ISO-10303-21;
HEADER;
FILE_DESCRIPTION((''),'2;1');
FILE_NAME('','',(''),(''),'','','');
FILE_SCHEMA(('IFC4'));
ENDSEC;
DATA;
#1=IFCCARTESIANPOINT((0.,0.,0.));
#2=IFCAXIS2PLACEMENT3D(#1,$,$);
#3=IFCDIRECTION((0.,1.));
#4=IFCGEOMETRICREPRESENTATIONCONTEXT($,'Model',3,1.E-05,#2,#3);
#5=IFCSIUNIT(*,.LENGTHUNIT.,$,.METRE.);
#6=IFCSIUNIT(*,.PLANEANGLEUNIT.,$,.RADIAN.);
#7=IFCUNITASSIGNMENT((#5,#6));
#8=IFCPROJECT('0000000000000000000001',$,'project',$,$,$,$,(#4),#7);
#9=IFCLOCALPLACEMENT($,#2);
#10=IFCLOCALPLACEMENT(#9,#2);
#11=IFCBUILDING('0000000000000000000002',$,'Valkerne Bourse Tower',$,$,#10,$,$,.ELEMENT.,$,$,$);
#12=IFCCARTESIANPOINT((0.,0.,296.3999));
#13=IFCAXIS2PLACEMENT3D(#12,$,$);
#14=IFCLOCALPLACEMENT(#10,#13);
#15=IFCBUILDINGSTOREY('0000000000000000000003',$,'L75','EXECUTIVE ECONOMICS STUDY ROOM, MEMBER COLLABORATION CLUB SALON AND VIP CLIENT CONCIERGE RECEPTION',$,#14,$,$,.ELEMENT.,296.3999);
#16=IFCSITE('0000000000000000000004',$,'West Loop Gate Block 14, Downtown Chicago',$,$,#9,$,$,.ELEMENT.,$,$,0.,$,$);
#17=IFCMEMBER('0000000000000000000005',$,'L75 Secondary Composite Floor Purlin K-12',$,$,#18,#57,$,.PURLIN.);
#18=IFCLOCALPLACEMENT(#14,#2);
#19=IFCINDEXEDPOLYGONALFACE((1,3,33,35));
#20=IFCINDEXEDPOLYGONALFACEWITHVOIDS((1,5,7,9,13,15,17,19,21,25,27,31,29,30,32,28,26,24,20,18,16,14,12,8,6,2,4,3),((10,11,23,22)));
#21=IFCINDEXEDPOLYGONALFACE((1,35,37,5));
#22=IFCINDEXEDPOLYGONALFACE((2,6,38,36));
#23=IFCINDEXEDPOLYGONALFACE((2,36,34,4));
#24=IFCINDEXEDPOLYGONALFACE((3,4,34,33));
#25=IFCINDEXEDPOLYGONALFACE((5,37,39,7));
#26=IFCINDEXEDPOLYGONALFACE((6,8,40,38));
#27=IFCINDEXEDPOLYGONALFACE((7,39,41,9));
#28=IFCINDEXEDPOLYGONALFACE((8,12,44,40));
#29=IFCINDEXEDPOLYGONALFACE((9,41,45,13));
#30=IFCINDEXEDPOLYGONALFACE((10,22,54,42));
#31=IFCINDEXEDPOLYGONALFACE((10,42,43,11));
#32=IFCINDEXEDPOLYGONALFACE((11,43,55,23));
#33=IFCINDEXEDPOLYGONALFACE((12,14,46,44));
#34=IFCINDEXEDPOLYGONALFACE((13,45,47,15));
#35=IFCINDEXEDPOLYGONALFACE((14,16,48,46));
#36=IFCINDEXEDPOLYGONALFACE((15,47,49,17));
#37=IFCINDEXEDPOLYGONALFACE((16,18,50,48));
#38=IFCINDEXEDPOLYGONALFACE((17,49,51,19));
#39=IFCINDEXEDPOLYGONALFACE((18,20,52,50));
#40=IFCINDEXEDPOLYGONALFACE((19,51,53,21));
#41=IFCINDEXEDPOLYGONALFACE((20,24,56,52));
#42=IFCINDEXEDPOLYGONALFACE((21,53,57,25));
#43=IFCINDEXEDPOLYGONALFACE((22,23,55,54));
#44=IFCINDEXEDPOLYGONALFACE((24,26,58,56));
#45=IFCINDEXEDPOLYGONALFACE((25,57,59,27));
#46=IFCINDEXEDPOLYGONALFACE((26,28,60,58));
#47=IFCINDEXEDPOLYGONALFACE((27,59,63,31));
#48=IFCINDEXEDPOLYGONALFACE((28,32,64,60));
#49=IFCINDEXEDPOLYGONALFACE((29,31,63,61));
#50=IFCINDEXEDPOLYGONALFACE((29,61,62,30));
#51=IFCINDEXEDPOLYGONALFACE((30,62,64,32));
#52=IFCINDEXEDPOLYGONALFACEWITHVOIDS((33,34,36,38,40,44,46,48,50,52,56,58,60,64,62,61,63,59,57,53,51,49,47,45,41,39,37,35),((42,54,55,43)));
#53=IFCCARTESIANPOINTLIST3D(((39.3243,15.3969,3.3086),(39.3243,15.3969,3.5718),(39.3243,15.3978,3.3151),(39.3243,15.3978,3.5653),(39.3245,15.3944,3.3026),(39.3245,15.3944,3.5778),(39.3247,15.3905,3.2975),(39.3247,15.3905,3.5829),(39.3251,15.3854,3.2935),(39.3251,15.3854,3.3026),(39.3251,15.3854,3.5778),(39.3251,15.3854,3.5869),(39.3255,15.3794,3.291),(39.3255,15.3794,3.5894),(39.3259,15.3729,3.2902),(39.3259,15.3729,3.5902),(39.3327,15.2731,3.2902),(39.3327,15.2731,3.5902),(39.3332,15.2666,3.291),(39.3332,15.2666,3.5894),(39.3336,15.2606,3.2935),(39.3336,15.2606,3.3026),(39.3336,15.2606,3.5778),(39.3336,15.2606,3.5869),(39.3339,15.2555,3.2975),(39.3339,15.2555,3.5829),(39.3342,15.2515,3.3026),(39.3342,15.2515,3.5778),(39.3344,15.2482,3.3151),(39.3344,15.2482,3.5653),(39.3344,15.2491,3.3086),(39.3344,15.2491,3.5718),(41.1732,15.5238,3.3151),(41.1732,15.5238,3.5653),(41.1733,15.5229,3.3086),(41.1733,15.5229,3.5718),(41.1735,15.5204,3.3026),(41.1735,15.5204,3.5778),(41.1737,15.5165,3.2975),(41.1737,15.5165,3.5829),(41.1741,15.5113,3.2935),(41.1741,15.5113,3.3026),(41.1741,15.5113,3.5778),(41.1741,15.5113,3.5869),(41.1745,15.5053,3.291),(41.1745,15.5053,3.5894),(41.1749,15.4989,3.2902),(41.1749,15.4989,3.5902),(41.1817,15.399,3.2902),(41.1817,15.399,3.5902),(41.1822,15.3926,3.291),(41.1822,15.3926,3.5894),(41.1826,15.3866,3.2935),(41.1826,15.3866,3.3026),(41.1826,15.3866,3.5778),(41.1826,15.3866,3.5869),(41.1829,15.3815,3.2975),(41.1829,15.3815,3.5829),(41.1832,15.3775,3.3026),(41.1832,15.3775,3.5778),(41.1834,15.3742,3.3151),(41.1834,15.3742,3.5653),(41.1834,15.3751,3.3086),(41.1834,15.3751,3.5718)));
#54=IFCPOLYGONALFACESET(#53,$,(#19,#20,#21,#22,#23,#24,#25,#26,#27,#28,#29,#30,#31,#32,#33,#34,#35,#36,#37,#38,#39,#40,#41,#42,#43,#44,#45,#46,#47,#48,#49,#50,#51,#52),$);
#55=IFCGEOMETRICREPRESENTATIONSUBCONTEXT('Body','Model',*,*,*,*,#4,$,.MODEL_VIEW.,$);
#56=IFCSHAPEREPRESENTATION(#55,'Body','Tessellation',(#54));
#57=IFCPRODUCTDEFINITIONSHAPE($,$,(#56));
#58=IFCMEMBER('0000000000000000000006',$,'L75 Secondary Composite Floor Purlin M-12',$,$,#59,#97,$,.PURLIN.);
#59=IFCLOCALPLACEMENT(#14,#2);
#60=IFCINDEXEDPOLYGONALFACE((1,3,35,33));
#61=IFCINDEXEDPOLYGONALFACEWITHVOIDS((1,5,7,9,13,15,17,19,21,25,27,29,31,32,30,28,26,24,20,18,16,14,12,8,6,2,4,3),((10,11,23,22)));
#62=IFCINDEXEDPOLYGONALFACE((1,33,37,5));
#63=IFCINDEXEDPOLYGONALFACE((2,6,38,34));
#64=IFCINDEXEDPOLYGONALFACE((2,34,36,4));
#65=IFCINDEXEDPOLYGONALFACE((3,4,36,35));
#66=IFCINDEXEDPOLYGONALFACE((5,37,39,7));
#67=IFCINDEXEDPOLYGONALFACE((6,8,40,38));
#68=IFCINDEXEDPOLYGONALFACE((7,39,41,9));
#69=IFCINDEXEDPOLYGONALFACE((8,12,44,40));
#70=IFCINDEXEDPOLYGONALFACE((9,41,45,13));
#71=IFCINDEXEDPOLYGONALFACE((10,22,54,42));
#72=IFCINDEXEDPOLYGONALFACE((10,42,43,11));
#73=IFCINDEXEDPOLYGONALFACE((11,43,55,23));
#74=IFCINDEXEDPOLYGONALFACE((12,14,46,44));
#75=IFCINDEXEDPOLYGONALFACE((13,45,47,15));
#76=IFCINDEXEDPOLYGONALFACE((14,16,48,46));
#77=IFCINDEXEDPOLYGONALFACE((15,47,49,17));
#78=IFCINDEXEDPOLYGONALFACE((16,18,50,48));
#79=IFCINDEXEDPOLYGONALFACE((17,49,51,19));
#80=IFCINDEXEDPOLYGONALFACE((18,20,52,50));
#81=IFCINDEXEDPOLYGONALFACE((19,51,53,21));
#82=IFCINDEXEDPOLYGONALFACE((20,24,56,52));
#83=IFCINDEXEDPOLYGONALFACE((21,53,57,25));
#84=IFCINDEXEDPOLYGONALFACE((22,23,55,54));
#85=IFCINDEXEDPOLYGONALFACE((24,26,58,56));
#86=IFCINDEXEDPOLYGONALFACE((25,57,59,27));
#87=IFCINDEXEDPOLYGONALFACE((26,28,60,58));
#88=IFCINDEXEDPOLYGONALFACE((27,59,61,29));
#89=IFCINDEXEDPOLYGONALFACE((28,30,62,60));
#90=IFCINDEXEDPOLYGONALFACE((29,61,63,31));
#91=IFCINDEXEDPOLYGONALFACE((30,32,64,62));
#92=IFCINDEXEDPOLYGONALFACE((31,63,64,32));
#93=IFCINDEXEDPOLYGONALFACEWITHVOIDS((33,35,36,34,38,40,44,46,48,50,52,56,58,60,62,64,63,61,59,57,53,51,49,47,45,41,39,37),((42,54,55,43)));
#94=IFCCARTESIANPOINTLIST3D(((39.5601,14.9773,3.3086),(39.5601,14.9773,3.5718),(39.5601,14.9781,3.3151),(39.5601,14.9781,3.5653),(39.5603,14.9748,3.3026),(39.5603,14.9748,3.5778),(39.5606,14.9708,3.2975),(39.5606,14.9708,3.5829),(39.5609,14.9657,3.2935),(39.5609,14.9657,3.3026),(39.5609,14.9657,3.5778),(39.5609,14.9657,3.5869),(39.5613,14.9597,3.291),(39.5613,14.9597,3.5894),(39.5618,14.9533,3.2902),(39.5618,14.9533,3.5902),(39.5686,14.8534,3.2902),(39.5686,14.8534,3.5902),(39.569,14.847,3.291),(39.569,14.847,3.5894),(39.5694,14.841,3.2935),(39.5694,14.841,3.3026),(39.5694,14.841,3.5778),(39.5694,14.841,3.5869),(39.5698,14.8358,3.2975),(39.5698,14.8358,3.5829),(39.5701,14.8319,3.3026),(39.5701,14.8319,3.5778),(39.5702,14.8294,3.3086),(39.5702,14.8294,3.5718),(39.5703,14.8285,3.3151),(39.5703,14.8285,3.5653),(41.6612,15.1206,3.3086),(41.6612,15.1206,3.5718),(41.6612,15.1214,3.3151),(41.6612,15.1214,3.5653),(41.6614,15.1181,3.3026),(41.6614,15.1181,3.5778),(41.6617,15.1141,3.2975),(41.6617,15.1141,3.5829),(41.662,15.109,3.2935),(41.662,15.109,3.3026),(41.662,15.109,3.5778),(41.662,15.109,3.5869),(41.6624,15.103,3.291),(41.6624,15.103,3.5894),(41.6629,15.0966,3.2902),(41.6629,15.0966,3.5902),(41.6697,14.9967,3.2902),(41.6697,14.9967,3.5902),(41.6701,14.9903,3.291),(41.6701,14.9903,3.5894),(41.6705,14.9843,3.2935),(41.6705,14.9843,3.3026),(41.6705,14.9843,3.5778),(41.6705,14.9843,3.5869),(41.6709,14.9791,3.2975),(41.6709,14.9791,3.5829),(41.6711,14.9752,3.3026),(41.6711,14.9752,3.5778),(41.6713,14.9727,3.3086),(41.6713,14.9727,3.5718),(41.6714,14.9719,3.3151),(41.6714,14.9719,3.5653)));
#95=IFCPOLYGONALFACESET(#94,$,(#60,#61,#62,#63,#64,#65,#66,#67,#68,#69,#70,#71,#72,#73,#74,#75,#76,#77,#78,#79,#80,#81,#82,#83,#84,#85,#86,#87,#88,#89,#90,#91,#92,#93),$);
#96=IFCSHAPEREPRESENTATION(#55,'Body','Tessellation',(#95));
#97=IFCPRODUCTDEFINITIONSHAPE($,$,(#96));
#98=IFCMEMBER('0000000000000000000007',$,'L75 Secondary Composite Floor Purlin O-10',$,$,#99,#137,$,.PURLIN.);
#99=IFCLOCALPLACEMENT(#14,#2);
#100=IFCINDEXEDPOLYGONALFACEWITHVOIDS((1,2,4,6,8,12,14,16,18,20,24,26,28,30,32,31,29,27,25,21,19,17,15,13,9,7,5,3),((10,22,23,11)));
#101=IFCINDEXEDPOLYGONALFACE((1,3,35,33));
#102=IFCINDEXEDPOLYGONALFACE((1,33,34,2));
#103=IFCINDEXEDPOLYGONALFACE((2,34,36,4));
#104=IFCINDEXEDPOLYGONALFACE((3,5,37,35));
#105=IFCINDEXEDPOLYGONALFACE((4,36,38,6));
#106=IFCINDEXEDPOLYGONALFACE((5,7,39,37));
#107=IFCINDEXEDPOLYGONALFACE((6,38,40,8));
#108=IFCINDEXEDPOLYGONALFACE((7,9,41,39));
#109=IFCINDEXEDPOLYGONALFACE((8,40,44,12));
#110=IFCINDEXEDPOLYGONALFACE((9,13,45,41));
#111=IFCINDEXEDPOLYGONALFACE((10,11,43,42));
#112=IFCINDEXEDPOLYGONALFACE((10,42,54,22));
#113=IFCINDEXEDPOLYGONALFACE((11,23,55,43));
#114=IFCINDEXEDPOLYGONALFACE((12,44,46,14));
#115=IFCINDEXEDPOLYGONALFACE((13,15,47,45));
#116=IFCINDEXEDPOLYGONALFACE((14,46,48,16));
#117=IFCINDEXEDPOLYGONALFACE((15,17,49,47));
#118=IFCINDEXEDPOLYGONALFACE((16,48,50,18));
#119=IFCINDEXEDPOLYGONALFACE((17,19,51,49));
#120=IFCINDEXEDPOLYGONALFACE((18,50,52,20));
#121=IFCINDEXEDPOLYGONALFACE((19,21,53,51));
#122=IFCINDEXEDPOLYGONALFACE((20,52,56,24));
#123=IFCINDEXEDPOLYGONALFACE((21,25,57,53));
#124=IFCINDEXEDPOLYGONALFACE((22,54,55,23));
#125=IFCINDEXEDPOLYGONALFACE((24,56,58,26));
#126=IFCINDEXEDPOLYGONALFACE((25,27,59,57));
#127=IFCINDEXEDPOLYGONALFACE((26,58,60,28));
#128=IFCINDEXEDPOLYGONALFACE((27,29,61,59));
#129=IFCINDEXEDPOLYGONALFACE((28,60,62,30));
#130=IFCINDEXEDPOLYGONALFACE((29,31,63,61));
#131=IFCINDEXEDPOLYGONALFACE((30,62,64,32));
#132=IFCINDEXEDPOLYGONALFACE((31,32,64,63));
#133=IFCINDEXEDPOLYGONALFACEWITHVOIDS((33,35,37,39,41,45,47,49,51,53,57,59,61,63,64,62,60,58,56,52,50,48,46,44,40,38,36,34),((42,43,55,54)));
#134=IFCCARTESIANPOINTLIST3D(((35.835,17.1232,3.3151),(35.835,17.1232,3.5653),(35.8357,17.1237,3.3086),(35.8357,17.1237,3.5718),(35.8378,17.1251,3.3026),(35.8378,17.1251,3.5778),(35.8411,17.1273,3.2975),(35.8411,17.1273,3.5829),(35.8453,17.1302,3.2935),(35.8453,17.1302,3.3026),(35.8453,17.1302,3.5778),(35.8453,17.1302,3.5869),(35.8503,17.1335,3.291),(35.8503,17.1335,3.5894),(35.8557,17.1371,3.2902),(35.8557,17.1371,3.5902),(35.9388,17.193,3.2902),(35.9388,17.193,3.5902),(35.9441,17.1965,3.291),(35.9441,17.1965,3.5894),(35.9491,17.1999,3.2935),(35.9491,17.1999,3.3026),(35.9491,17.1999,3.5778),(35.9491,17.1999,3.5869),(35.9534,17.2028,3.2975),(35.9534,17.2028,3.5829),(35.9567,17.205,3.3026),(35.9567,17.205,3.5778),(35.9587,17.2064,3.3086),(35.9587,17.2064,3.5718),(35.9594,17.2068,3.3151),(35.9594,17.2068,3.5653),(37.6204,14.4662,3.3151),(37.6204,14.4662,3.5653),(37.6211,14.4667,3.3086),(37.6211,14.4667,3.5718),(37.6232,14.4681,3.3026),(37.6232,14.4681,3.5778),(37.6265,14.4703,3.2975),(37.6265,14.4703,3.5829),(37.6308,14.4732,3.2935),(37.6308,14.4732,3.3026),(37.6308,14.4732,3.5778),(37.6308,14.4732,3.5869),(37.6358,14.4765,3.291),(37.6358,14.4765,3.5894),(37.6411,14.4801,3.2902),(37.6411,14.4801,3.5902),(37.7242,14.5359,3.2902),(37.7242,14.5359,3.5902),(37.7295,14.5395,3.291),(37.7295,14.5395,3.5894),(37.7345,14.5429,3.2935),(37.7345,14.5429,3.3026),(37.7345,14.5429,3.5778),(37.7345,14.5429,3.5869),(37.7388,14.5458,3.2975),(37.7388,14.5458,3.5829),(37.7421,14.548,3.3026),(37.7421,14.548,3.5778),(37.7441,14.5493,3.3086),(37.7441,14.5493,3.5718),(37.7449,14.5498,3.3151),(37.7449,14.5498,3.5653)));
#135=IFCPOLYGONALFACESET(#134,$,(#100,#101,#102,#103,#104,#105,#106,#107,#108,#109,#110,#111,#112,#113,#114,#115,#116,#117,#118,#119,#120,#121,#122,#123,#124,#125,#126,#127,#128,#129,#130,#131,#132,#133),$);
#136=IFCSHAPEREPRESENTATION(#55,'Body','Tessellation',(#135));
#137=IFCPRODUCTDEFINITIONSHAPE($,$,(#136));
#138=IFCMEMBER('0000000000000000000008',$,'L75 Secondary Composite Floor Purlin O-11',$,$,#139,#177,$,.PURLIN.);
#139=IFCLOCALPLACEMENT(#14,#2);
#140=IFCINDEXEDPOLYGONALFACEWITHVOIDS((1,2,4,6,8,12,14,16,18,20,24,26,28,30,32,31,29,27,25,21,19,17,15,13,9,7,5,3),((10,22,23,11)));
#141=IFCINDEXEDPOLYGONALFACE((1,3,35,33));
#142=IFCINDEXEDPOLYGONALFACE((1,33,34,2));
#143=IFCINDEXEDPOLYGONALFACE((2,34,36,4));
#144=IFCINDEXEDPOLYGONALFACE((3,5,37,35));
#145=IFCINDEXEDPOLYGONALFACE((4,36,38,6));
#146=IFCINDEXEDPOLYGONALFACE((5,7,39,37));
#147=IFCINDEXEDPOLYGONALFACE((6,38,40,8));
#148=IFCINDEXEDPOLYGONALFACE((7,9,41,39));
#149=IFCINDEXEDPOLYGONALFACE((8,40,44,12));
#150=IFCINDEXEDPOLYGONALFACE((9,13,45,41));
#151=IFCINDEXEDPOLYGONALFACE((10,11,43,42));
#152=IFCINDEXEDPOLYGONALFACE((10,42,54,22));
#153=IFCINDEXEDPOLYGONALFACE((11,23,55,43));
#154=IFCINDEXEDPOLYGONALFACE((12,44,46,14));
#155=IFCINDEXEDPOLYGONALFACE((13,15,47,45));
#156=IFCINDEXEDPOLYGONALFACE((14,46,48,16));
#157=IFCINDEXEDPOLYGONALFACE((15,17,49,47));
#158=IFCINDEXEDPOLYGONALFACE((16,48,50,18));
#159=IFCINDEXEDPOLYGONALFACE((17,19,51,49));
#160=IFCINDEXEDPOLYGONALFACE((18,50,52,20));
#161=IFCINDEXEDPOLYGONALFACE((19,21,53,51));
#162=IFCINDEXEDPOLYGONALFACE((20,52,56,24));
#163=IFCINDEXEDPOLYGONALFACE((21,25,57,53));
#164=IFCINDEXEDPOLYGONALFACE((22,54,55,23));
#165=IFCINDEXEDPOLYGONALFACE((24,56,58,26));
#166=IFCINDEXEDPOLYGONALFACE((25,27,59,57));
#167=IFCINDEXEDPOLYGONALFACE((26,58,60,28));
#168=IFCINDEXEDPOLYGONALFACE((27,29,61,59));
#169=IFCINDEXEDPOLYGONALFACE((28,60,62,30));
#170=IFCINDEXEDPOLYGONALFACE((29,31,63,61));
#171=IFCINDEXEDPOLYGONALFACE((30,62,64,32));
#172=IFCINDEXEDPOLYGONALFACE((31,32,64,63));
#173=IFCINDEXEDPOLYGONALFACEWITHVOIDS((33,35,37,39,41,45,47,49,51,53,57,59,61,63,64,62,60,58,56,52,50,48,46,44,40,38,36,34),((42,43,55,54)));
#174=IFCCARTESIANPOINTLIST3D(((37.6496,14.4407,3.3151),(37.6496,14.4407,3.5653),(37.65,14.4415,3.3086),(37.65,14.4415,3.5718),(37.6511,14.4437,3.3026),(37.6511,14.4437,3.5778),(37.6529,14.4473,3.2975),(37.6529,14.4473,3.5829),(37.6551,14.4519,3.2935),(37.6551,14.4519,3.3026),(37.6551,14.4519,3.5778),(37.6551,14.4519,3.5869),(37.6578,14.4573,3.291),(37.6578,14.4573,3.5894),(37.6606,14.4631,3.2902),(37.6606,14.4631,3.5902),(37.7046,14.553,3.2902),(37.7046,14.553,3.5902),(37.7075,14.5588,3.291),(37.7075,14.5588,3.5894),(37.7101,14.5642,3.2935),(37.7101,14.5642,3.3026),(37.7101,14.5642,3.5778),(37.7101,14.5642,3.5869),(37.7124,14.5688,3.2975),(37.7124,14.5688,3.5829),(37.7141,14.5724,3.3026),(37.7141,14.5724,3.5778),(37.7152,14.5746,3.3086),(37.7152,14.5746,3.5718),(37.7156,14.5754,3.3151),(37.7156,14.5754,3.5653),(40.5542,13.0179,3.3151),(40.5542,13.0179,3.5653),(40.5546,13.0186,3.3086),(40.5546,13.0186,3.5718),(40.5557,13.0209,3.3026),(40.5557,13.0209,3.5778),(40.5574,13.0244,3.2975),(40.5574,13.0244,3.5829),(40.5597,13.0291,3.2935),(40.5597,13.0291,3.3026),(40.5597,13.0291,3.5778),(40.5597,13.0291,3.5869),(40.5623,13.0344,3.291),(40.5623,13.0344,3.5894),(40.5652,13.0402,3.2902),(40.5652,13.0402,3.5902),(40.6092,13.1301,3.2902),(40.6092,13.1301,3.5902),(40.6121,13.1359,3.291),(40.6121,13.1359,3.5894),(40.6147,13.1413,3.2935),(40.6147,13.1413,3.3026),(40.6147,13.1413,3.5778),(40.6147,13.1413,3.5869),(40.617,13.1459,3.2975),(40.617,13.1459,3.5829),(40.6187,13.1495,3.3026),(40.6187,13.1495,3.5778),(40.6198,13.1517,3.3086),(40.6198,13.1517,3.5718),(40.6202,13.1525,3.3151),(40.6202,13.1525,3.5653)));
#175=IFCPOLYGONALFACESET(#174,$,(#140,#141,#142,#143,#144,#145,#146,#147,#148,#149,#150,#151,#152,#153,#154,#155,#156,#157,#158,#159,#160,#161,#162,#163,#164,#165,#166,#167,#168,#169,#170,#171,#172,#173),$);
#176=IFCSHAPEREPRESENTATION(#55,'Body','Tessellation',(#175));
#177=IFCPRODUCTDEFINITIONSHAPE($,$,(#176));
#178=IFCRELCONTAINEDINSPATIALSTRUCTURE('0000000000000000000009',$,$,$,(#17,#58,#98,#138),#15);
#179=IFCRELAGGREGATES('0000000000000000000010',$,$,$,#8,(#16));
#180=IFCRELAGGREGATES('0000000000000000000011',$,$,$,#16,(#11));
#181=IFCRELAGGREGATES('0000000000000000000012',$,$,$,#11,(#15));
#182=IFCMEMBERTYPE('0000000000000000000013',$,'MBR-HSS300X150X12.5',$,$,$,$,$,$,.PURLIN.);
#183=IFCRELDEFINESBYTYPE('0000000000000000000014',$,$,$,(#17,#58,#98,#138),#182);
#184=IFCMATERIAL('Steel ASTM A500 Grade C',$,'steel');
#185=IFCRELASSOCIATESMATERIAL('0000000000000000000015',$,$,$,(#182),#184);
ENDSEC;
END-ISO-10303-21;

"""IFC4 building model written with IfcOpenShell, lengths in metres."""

from ifc_helpers import new_model, si_unit, direction, frame, origin, origin_2d, place, context, subcontext, project, spatial, hollow_rectangle, extrude, material, material_profile, profile_set, type_object, element, save


model = new_model("IFC4")

# Units and contexts
model_context = context("Model", 3, precision=1e-05, world=origin(), true_north=direction((0.0, 1.0)))
body_context = subcontext(model_context, "Body", "Model", "MODEL_VIEW")
ifc_project = project(units=[si_unit("LENGTHUNIT", "METRE"), si_unit("PLANEANGLEUNIT", "RADIAN")], contexts=[model_context])

# Site, building, storey
site_placement = place(None, origin())
site = spatial("IfcSite", under=ifc_project, at=site_placement, Name="West Loop Gate Block 14, Downtown Chicago", CompositionType="ELEMENT", RefElevation=0.0)
building_placement = place(site_placement, origin())
building = spatial("IfcBuilding", under=site, at=building_placement, Name="Valkerne Bourse Tower", CompositionType="ELEMENT")
storey_placement = place(building_placement, frame((0.0, 0.0, 296.3999)))
storey = spatial("IfcBuildingStorey", under=building, at=storey_placement, Name="L75", Description="EXECUTIVE ECONOMICS STUDY ROOM, MEMBER COLLABORATION CLUB SALON AND VIP CLIENT CONCIERGE RECEPTION", CompositionType="ELEMENT", Elevation=296.3999)

# Members
ifc_material_1 = material(Name="Steel ASTM A500 Grade C", Category="steel")
ifc_material_profile_1 = material_profile(ifc_material_1, hollow_rectangle(XDim=0.1499, YDim=0.3, WallThickness=0.0125, OuterFilletRadius=0.0249, at=origin_2d()), Name="HSS300X150X12.5")
ifc_profile_set_1 = profile_set([ifc_material_profile_1], Name="Steel ASTM A500 Grade C")
member_type_1 = type_object("IfcMemberType", Name="MBR-HSS300X150X12.5", PredefinedType="PURLIN", material=ifc_profile_set_1)
member_1_placement = place(storey_placement, frame((39.3293, 15.323, 3.4402), z_axis=(0.997687, 0.067979, 0.0), x_axis=(-0.067979, 0.997687, 0.0)))
element("IfcMember", 1, at=member_1_placement, inside=storey, type_object=member_type_1, Name="L75 Secondary Composite Floor Purlin K-12", PredefinedType="PURLIN", context=body_context, shape_type="SweptSolid", body=[
    extrude(hollow_rectangle(XDim=0.1499, YDim=0.3, WallThickness=0.0125, OuterFilletRadius=0.0249, at=origin_2d()), origin(), (0.0, 0.0, 1.0), 1.8533),
])
member_2_placement = place(storey_placement, frame((39.5652, 14.9033, 3.4402), z_axis=(0.997682, 0.06805, 0.0), x_axis=(-0.06805, 0.997682, 0.0)))
element("IfcMember", 2, at=member_2_placement, inside=storey, type_object=member_type_1, Name="L75 Secondary Composite Floor Purlin M-12", PredefinedType="PURLIN", context=body_context, shape_type="SweptSolid", body=[
    extrude(hollow_rectangle(XDim=0.1499, YDim=0.3, WallThickness=0.0125, OuterFilletRadius=0.0249, at=origin_2d()), origin(), (0.0, 0.0, 1.0), 2.106),
])
member_3_placement = place(storey_placement, frame((35.8972, 17.165, 3.4402), z_axis=(0.557741, -0.830015, 0.0), x_axis=(0.830015, 0.557741, 0.0)))
element("IfcMember", 3, at=member_3_placement, inside=storey, type_object=member_type_1, Name="L75 Secondary Composite Floor Purlin O-10", PredefinedType="PURLIN", context=body_context, shape_type="SweptSolid", body=[
    extrude(hollow_rectangle(XDim=0.1499, YDim=0.3, WallThickness=0.0125, OuterFilletRadius=0.0249, at=origin_2d()), origin(), (0.0, 0.0, 1.0), 3.2012),
])
member_4_placement = place(storey_placement, frame((37.6826, 14.5081, 3.4402), z_axis=(0.898036, -0.439922, 0.0), x_axis=(0.439922, 0.898036, 0.0)))
element("IfcMember", 4, at=member_4_placement, inside=storey, type_object=member_type_1, Name="L75 Secondary Composite Floor Purlin O-11", PredefinedType="PURLIN", context=body_context, shape_type="SweptSolid", body=[
    extrude(hollow_rectangle(XDim=0.1499, YDim=0.3, WallThickness=0.0125, OuterFilletRadius=0.0249, at=origin_2d()), origin(), (0.0, 0.0, 1.0), 3.2344),
])

save(model, "model.ifc")
